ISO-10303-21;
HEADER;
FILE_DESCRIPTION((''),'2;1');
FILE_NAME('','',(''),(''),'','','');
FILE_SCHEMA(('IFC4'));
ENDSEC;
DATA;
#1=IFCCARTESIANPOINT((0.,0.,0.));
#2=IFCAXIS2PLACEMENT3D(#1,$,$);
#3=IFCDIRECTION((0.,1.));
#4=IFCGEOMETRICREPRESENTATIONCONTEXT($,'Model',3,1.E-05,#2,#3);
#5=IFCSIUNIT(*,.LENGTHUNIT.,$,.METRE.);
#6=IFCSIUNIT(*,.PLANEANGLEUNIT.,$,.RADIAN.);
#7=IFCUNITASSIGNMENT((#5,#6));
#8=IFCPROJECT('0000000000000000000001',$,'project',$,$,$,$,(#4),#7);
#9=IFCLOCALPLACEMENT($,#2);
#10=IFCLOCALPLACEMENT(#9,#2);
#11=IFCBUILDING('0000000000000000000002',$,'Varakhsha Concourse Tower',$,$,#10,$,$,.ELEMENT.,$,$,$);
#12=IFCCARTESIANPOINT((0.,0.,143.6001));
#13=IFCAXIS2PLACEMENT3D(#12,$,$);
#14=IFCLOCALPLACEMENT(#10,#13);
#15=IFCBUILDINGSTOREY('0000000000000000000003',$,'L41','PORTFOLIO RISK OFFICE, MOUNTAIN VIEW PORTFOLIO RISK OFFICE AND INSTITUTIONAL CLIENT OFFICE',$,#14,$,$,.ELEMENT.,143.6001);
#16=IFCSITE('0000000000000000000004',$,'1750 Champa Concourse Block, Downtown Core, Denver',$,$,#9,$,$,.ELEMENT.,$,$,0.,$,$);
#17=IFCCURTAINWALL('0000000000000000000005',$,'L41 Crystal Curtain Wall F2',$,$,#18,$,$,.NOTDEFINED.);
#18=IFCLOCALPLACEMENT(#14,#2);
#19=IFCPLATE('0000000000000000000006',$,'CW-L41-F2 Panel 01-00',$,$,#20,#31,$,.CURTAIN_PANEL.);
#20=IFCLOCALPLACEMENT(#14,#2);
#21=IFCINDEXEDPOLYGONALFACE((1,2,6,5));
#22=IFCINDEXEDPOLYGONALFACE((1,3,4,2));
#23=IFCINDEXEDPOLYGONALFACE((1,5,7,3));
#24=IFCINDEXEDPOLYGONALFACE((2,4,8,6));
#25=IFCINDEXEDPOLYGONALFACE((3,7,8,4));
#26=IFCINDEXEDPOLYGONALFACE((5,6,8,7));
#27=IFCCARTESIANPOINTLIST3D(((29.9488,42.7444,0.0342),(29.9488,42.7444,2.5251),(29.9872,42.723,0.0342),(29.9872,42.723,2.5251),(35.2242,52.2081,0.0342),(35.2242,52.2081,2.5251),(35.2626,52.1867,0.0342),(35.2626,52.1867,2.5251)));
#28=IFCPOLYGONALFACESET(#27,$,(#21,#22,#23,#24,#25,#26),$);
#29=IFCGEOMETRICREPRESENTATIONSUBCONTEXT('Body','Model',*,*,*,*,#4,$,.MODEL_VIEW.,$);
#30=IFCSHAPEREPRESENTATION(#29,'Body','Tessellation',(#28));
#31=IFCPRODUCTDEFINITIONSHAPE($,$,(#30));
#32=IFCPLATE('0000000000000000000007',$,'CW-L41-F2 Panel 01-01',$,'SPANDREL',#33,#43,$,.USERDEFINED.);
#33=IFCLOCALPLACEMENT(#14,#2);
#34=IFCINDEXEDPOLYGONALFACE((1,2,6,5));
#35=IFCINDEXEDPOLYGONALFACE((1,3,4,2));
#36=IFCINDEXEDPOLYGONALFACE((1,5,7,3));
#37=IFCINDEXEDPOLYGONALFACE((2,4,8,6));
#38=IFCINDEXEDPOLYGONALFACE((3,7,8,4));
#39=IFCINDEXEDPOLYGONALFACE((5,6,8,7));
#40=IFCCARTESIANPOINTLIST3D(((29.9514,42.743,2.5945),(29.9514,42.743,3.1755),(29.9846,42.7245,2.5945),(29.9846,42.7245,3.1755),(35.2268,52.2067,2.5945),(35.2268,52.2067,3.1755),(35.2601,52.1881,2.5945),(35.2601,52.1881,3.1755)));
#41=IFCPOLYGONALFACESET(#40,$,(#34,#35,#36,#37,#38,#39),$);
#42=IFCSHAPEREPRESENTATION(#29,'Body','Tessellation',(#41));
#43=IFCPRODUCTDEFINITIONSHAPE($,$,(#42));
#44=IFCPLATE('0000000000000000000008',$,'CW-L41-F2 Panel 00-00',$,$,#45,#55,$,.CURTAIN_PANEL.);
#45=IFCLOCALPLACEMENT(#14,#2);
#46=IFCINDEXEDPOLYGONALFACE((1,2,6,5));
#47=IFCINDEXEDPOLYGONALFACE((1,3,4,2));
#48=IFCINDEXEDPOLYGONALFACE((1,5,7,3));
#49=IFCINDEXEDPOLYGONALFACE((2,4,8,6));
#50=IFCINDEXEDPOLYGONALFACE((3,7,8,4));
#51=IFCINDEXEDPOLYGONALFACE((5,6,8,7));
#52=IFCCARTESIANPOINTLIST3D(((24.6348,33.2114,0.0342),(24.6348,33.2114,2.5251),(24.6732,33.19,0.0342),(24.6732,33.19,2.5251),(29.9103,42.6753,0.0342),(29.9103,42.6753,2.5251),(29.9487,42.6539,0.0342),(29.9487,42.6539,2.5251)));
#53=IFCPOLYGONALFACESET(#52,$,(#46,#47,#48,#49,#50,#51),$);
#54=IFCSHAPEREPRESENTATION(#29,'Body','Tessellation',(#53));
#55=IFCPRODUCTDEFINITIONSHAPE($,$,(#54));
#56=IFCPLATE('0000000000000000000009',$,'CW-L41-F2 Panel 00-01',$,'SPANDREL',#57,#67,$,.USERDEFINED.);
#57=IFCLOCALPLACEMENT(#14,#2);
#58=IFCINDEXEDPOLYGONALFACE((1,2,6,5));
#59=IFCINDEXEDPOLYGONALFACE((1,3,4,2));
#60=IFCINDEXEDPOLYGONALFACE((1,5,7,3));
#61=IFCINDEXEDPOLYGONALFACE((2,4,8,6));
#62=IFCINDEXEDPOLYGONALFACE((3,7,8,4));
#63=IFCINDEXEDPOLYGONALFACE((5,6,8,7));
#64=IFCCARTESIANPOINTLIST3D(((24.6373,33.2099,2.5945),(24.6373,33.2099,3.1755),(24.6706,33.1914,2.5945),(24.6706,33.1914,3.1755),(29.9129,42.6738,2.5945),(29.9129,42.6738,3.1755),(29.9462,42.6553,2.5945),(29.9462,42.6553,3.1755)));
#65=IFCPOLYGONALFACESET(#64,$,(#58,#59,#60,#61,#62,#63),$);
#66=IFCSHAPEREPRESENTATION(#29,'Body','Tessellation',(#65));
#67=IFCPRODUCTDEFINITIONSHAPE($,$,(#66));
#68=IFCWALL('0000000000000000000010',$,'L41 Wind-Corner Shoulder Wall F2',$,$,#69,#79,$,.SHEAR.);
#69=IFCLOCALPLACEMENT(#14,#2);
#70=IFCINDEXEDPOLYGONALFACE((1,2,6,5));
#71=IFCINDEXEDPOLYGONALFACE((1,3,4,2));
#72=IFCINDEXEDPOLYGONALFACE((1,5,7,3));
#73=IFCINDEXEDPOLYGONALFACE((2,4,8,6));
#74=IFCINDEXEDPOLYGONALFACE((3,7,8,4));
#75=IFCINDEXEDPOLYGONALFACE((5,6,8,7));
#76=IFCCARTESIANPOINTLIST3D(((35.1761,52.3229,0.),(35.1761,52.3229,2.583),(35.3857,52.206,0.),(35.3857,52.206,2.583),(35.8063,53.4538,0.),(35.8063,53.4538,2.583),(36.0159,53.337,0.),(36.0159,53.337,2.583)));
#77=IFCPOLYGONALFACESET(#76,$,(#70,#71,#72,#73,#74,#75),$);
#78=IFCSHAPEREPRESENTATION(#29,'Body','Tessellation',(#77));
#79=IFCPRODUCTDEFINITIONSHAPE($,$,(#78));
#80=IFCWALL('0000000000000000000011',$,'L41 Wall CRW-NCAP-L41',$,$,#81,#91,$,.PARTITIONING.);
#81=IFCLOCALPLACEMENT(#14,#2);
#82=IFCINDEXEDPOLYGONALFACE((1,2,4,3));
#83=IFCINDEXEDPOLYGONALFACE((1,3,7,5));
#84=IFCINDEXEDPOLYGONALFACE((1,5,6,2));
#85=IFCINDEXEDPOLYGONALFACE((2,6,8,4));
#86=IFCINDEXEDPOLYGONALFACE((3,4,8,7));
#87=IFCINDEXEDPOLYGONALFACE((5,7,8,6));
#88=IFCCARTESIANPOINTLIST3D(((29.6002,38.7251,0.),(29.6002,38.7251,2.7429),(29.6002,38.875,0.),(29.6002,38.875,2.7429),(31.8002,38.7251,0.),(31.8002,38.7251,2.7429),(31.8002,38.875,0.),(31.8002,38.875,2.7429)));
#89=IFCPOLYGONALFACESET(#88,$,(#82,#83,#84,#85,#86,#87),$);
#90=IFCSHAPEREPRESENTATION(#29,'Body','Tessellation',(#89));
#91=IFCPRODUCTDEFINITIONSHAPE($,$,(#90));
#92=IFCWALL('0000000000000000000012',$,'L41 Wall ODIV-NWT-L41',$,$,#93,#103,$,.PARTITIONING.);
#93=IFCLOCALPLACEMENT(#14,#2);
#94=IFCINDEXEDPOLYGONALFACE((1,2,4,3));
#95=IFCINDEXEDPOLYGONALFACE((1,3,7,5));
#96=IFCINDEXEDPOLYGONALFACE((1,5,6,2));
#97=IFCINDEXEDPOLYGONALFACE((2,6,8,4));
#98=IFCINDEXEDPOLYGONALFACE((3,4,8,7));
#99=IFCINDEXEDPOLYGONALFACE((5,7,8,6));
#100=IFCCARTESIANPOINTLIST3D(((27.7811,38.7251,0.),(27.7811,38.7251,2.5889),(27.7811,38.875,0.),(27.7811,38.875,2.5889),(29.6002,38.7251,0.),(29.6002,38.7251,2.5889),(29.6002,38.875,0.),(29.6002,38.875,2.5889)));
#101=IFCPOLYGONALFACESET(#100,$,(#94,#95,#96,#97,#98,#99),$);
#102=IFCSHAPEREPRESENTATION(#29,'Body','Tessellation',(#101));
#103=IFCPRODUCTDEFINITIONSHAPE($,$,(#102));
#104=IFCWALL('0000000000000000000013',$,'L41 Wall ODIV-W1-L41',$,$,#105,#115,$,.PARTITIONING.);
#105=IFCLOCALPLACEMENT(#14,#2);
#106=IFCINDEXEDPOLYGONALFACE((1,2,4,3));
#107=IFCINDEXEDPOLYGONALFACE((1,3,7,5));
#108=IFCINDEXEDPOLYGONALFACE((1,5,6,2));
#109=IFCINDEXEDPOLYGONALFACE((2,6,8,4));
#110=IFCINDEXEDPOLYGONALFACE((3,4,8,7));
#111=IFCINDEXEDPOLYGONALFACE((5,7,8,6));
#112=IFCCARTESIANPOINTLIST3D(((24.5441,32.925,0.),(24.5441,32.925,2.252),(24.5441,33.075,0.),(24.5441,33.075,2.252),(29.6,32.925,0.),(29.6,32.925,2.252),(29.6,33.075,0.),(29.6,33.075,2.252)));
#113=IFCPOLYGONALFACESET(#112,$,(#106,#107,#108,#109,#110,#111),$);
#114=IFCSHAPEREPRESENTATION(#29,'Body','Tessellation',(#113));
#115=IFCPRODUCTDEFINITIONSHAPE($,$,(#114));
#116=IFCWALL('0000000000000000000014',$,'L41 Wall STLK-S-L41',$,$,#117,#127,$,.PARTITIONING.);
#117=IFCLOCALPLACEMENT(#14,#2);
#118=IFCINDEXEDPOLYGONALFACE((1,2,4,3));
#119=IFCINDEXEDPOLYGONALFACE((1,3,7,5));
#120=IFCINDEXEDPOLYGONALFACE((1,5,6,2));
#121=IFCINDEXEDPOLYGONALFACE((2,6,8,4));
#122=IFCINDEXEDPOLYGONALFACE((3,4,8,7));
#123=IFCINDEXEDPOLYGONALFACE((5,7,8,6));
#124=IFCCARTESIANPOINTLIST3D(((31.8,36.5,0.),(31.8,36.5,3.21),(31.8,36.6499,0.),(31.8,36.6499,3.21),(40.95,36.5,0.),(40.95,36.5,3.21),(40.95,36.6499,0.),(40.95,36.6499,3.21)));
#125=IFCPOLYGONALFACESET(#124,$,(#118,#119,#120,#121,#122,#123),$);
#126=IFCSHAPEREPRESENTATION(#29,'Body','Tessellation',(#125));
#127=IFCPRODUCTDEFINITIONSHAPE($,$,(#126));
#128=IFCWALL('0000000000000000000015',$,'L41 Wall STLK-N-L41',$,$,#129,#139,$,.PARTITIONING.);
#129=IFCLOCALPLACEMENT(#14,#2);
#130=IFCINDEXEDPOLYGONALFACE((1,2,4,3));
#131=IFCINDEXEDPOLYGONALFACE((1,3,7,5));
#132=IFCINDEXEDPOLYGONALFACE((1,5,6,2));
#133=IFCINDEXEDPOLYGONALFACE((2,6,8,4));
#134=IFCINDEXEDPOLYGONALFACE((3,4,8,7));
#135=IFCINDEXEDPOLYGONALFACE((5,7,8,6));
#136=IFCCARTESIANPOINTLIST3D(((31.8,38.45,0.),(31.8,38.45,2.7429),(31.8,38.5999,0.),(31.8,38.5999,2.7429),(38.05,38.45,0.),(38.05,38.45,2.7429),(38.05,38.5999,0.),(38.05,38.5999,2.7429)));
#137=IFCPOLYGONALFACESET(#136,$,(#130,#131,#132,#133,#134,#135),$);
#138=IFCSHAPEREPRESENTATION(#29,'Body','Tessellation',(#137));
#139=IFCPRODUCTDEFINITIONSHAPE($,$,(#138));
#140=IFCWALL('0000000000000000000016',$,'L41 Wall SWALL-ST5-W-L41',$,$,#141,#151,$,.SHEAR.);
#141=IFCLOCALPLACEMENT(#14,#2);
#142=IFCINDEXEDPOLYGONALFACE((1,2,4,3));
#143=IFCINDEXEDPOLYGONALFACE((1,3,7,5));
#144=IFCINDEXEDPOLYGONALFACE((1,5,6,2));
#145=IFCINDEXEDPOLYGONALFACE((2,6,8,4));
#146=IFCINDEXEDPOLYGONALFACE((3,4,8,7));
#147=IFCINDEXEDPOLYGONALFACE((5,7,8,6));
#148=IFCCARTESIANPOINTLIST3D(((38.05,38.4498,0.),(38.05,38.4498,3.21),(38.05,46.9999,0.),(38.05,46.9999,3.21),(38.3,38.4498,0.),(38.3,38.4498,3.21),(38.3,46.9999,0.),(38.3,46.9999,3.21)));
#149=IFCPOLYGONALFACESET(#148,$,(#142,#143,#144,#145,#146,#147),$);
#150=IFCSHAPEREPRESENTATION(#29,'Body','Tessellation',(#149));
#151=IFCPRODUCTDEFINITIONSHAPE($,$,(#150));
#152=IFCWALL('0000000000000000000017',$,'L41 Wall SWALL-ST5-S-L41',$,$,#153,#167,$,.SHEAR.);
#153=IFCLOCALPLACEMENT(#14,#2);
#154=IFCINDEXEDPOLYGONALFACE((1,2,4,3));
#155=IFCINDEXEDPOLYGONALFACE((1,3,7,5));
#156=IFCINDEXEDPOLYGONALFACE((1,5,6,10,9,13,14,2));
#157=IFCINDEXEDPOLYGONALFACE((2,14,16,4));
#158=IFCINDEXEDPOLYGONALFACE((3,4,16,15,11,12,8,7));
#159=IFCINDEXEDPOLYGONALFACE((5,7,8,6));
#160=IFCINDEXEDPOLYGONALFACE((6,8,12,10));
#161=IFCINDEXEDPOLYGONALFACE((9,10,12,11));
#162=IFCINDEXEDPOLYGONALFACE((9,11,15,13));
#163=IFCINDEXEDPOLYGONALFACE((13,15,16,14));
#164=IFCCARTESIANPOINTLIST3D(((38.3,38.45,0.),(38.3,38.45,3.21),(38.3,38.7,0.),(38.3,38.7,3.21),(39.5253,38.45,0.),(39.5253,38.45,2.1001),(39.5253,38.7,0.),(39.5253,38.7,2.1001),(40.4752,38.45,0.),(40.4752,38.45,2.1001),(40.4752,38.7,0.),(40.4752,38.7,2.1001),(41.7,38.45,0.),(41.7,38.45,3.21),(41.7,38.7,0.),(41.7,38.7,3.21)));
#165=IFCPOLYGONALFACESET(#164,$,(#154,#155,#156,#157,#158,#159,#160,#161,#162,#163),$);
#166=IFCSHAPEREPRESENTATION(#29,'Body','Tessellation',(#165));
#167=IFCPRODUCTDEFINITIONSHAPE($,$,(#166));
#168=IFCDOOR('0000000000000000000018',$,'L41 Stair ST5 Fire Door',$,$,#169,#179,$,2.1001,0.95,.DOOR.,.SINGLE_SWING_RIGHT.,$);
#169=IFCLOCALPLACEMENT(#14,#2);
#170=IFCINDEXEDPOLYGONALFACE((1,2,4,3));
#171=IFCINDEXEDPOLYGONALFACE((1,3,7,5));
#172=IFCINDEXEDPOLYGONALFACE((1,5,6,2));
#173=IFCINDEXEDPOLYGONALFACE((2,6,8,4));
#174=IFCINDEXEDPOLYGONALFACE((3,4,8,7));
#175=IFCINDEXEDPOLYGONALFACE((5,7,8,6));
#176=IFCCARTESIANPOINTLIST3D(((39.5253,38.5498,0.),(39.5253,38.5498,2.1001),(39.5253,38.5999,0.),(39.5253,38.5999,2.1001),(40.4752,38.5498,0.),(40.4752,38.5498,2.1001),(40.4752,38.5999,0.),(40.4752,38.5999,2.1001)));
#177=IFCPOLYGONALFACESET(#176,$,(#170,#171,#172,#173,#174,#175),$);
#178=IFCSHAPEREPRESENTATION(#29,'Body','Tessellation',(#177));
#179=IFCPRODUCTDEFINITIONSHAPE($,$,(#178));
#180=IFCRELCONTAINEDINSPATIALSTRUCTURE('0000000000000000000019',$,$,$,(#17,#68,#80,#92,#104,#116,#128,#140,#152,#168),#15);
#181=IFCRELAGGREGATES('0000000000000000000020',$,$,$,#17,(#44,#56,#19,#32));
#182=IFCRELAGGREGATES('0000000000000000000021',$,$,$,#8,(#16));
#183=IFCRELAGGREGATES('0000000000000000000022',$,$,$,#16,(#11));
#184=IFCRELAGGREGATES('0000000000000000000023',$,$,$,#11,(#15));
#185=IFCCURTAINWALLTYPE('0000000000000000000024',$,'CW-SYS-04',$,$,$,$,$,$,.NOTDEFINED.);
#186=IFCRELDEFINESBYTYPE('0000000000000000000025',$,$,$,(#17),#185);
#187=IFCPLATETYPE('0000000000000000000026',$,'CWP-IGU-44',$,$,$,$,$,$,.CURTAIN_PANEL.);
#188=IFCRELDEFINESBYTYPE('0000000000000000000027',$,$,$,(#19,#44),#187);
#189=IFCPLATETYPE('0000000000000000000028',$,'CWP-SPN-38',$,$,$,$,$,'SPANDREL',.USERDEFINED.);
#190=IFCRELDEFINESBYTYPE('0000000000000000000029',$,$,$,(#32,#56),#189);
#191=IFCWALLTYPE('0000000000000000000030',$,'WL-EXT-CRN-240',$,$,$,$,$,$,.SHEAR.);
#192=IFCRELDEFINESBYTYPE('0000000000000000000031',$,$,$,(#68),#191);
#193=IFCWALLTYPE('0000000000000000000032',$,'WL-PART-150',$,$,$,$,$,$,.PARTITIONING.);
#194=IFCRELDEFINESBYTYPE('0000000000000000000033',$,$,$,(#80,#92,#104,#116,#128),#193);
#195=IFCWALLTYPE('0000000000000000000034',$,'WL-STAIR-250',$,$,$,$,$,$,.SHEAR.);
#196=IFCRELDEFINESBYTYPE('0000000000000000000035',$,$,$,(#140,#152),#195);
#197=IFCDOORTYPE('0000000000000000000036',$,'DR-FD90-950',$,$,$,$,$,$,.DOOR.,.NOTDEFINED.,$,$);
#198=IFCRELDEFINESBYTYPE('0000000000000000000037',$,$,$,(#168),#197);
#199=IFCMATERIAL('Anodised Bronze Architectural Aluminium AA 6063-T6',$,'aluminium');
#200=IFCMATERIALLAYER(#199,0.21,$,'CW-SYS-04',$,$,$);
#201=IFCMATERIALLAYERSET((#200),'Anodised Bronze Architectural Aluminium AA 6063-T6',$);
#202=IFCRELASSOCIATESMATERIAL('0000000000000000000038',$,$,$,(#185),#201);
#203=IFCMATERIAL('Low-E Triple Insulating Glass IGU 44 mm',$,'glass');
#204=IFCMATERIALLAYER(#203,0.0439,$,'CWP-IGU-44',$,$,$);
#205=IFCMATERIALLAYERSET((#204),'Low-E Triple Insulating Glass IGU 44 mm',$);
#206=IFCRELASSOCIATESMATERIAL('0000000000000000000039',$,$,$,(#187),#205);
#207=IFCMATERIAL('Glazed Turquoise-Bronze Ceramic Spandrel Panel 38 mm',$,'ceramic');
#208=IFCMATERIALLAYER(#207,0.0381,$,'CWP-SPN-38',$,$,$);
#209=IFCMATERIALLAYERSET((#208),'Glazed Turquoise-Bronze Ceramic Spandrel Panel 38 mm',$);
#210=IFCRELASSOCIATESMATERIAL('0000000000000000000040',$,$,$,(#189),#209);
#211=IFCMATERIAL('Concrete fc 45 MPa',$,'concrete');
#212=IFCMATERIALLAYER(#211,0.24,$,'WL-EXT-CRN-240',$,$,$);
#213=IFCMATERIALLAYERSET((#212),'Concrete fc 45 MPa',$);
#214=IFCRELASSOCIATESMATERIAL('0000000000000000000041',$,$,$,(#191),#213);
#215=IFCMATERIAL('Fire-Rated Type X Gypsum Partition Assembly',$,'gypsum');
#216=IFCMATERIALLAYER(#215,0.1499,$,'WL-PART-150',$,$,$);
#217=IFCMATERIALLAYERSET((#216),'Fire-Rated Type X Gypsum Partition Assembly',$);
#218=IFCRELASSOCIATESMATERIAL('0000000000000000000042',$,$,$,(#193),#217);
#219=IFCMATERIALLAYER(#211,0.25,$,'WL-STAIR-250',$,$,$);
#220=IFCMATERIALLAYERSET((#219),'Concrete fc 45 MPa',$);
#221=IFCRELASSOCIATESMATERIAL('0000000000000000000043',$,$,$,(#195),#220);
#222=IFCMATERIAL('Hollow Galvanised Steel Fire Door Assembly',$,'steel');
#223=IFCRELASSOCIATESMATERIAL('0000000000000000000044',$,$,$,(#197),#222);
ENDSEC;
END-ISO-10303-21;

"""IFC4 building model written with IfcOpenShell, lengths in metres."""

from ifc_helpers import new_model, si_unit, direction, frame, frame_2d, origin, origin_2d, place, context, subcontext, project, spatial, rectangle, extrude, source, transform, mapped, material, layer, layer_set, type_object, type_shapes, element, fill, aggregate, save


model = new_model("IFC4")

# Units and contexts
model_context = context("Model", 3, precision=1e-05, world=origin(), true_north=direction((0.0, 1.0)))
body_context = subcontext(model_context, "Body", "Model", "MODEL_VIEW")
ifc_project = project(units=[si_unit("LENGTHUNIT", "METRE"), si_unit("PLANEANGLEUNIT", "RADIAN")], contexts=[model_context])

# Site, building, storey
site_placement = place(None, origin())
site = spatial("IfcSite", under=ifc_project, at=site_placement, Name="1750 Champa Concourse Block, Downtown Core, Denver", CompositionType="ELEMENT", RefElevation=0.0)
building_placement = place(site_placement, origin())
building = spatial("IfcBuilding", under=site, at=building_placement, Name="Varakhsha Concourse Tower", CompositionType="ELEMENT")
storey_placement = place(building_placement, frame((0.0, 0.0, 143.6001)))
storey = spatial("IfcBuildingStorey", under=building, at=storey_placement, Name="L41", Description="PORTFOLIO RISK OFFICE, MOUNTAIN VIEW PORTFOLIO RISK OFFICE AND INSTITUTIONAL CLIENT OFFICE", CompositionType="ELEMENT", Elevation=143.6001)

# Shared definitions
ifc_material_1 = material(Name="Anodised Bronze Architectural Aluminium AA 6063-T6", Category="aluminium")
ifc_layer_1 = layer(ifc_material_1, 0.21, Name="CW-SYS-04")
ifc_layer_set_1 = layer_set([ifc_layer_1], Name="Anodised Bronze Architectural Aluminium AA 6063-T6")
curtain_wall_type = type_object("IfcCurtainWallType", Name="CW-SYS-04", PredefinedType="NOTDEFINED", material=ifc_layer_set_1)

# Curtain wall
curtain_wall_1_placement = place(storey_placement, origin())
curtain_wall_1 = element("IfcCurtainWall", 1, at=curtain_wall_1_placement, inside=storey, type_object=curtain_wall_type, Name="L41 Crystal Curtain Wall F2", PredefinedType="NOTDEFINED")

# Plates
ifc_material_2 = material(Name="Low-E Triple Insulating Glass IGU 44 mm", Category="glass")
ifc_layer_2 = layer(ifc_material_2, 0.0439, Name="CWP-IGU-44")
ifc_layer_set_2 = layer_set([ifc_layer_2], Name="Low-E Triple Insulating Glass IGU 44 mm")
plate_type_1 = type_object("IfcPlateType", Name="CWP-IGU-44", PredefinedType="CURTAIN_PANEL", material=ifc_layer_set_2)
shared_shape_1 = source(origin(), body_context, "Body", "SweptSolid", [
    extrude(rectangle(XDim=10.8347, YDim=0.0439, at=origin_2d()), origin(), (0.0, 0.0, 1.0), 2.491),
])
plate_1_placement = place(storey_placement, frame((32.6057, 47.4656, 0.0342), z_axis=(0.0, 0.0, 1.0), x_axis=(0.4869, 0.873458, 0.0)))
plate_1 = element("IfcPlate", 2, at=plate_1_placement, type_object=plate_type_1, Name="CW-L41-F2 Panel 01-00", PredefinedType="CURTAIN_PANEL", context=body_context, shape_type="MappedRepresentation", body=[
    mapped(shared_shape_1, transform((0.0, 0.0, 0.0), scale=1.0)),
])
ifc_material_3 = material(Name="Glazed Turquoise-Bronze Ceramic Spandrel Panel 38 mm", Category="ceramic")
ifc_layer_3 = layer(ifc_material_3, 0.0381, Name="CWP-SPN-38")
ifc_layer_set_3 = layer_set([ifc_layer_3], Name="Glazed Turquoise-Bronze Ceramic Spandrel Panel 38 mm")
plate_type_2 = type_object("IfcPlateType", Name="CWP-SPN-38", ElementType="SPANDREL", PredefinedType="USERDEFINED", material=ifc_layer_set_3)
shared_shape_2 = source(origin(), body_context, "Body", "SweptSolid", [
    extrude(rectangle(XDim=10.8347, YDim=0.0381, at=origin_2d()), origin(), (0.0, 0.0, 1.0), 0.5811),
])
plate_2_placement = place(storey_placement, frame((32.6057, 47.4656, 2.5945), z_axis=(0.0, 0.0, 1.0), x_axis=(0.4869, 0.873458, 0.0)))
plate_2 = element("IfcPlate", 3, at=plate_2_placement, type_object=plate_type_2, Name="CW-L41-F2 Panel 01-01", ObjectType="SPANDREL", PredefinedType="USERDEFINED", context=body_context, shape_type="MappedRepresentation", body=[
    mapped(shared_shape_2, transform((0.0, 0.0, 0.0), scale=1.0)),
])
shared_shape_3 = source(origin(), body_context, "Body", "SweptSolid", [
    extrude(rectangle(XDim=10.835, YDim=0.0439, at=origin_2d()), origin(), (0.0, 0.0, 1.0), 2.491),
])
type_shapes(plate_type_1, [shared_shape_1, shared_shape_3])
plate_3_placement = place(storey_placement, frame((27.2917, 37.9326, 0.0342), z_axis=(0.0, 0.0, 1.0), x_axis=(0.4869, 0.873458, 0.0)))
plate_3 = element("IfcPlate", 4, at=plate_3_placement, type_object=plate_type_1, Name="CW-L41-F2 Panel 00-00", PredefinedType="CURTAIN_PANEL", context=body_context, shape_type="MappedRepresentation", body=[
    mapped(shared_shape_3, transform((0.0, 0.0, 0.0), scale=1.0)),
])
shared_shape_4 = source(origin(), body_context, "Body", "SweptSolid", [
    extrude(rectangle(XDim=10.835, YDim=0.0381, at=origin_2d()), origin(), (0.0, 0.0, 1.0), 0.5811),
])
type_shapes(plate_type_2, [shared_shape_2, shared_shape_4])
plate_4_placement = place(storey_placement, frame((27.2917, 37.9326, 2.5945), z_axis=(0.0, 0.0, 1.0), x_axis=(0.4869, 0.873458, 0.0)))
plate_4 = element("IfcPlate", 5, at=plate_4_placement, type_object=plate_type_2, Name="CW-L41-F2 Panel 00-01", ObjectType="SPANDREL", PredefinedType="USERDEFINED", context=body_context, shape_type="MappedRepresentation", body=[
    mapped(shared_shape_4, transform((0.0, 0.0, 0.0), scale=1.0)),
])
aggregate(curtain_wall_1, [plate_3, plate_4, plate_1, plate_2])

# Walls
ifc_material_4 = material(Name="Concrete fc 45 MPa", Category="concrete")
ifc_layer_4 = layer(ifc_material_4, 0.24, Name="WL-EXT-CRN-240")
ifc_layer_set_4 = layer_set([ifc_layer_4], Name="Concrete fc 45 MPa")
wall_type_1 = type_object("IfcWallType", Name="WL-EXT-CRN-240", PredefinedType="SHEAR", material=ifc_layer_set_4)
wall_1_placement = place(storey_placement, frame((35.9111, 53.3955, 0.0), z_axis=(0.0, 0.0, 1.0), x_axis=(-0.486747, -0.873543, 0.0)))
element("IfcWall", 6, at=wall_1_placement, inside=storey, type_object=wall_type_1, Name="L41 Wind-Corner Shoulder Wall F2", PredefinedType="SHEAR", context=body_context, shape_type="SweptSolid", body=[
    extrude(rectangle(XDim=1.2947, YDim=0.24, at=frame_2d((0.6475, 0.0))), origin(), (0.0, 0.0, 1.0), 2.583),
])
ifc_material_5 = material(Name="Fire-Rated Type X Gypsum Partition Assembly", Category="gypsum")
ifc_layer_5 = layer(ifc_material_5, 0.1499, Name="WL-PART-150")
ifc_layer_set_5 = layer_set([ifc_layer_5], Name="Fire-Rated Type X Gypsum Partition Assembly")
wall_type_2 = type_object("IfcWallType", Name="WL-PART-150", PredefinedType="PARTITIONING", material=ifc_layer_set_5)
wall_2_placement = place(storey_placement, frame((29.6001, 38.8, 0.0), z_axis=(0.0, 0.0, 1.0), x_axis=(1.0, 0.0, 0.0)))
element("IfcWall", 7, at=wall_2_placement, inside=storey, type_object=wall_type_2, Name="L41 Wall CRW-NCAP-L41", PredefinedType="PARTITIONING", context=body_context, shape_type="SweptSolid", body=[
    extrude(rectangle(XDim=2.2, YDim=0.1499, at=frame_2d((1.1001, 0.0))), origin(), (0.0, 0.0, 1.0), 2.7429),
])
wall_3_placement = place(storey_placement, frame((27.781, 38.8, 0.0), z_axis=(0.0, 0.0, 1.0), x_axis=(1.0, 0.0, 0.0)))
element("IfcWall", 8, at=wall_3_placement, inside=storey, type_object=wall_type_2, Name="L41 Wall ODIV-NWT-L41", PredefinedType="PARTITIONING", context=body_context, shape_type="SweptSolid", body=[
    extrude(rectangle(XDim=1.8191, YDim=0.1499, at=frame_2d((0.9097, 0.0))), origin(), (0.0, 0.0, 1.0), 2.5889),
])
wall_4_placement = place(storey_placement, frame((24.5442, 33.0, 0.0), z_axis=(0.0, 0.0, 1.0), x_axis=(1.0, 0.0, 0.0)))
element("IfcWall", 9, at=wall_4_placement, inside=storey, type_object=wall_type_2, Name="L41 Wall ODIV-W1-L41", PredefinedType="PARTITIONING", context=body_context, shape_type="SweptSolid", body=[
    extrude(rectangle(XDim=5.0559, YDim=0.1499, at=frame_2d((2.5278, 0.0))), origin(), (0.0, 0.0, 1.0), 2.252),
])
wall_5_placement = place(storey_placement, frame((31.8, 36.575, 0.0), z_axis=(0.0, 0.0, 1.0), x_axis=(1.0, 0.0, 0.0)))
element("IfcWall", 10, at=wall_5_placement, inside=storey, type_object=wall_type_2, Name="L41 Wall STLK-S-L41", PredefinedType="PARTITIONING", context=body_context, shape_type="SweptSolid", body=[
    extrude(rectangle(XDim=9.1499, YDim=0.1499, at=frame_2d((4.575, 0.0))), origin(), (0.0, 0.0, 1.0), 3.21),
])
wall_6_placement = place(storey_placement, frame((31.8, 38.5249, 0.0), z_axis=(0.0, 0.0, 1.0), x_axis=(1.0, 0.0, 0.0)))
element("IfcWall", 11, at=wall_6_placement, inside=storey, type_object=wall_type_2, Name="L41 Wall STLK-N-L41", PredefinedType="PARTITIONING", context=body_context, shape_type="SweptSolid", body=[
    extrude(rectangle(XDim=6.25, YDim=0.1499, at=frame_2d((3.125, 0.0))), origin(), (0.0, 0.0, 1.0), 2.7429),
])
ifc_layer_6 = layer(ifc_material_4, 0.25, Name="WL-STAIR-250")
ifc_layer_set_6 = layer_set([ifc_layer_6], Name="Concrete fc 45 MPa")
wall_type_3 = type_object("IfcWallType", Name="WL-STAIR-250", PredefinedType="SHEAR", material=ifc_layer_set_6)
wall_7_placement = place(storey_placement, frame((38.175, 38.45, 0.0), z_axis=(0.0, 0.0, 1.0), x_axis=(0.0, 1.0, 0.0)))
element("IfcWall", 12, at=wall_7_placement, inside=storey, type_object=wall_type_3, Name="L41 Wall SWALL-ST5-W-L41", PredefinedType="SHEAR", context=body_context, shape_type="SweptSolid", body=[
    extrude(rectangle(XDim=8.55, YDim=0.25, at=frame_2d((4.2749, 0.0))), origin(), (0.0, 0.0, 1.0), 3.21),
])

# Wall, opening, door
wall_8_placement = place(storey_placement, frame((38.3, 38.575, 0.0), z_axis=(0.0, 0.0, 1.0), x_axis=(1.0, 0.0, 0.0)))
wall_8 = element("IfcWall", 13, at=wall_8_placement, inside=storey, type_object=wall_type_3, Name="L41 Wall SWALL-ST5-S-L41", PredefinedType="SHEAR", context=body_context, shape_type="SweptSolid", body=[
    extrude(rectangle(XDim=3.3999, YDim=0.25, at=frame_2d((1.7, 0.0))), origin(), (0.0, 0.0, 1.0), 3.21),
])
opening_placement = place(wall_8_placement, frame((1.2251, 0.0, 0.0)))
opening = element("IfcOpeningElement", 14, at=opening_placement, cuts=wall_8, PredefinedType="OPENING", context=body_context, shape_type="SweptSolid", body=[
    extrude(rectangle(XDim=0.95, YDim=2.1001, at=frame_2d((0.4751, 1.05))), frame((0.0, 0.135, 0.0), z_axis=(0.0, -1.0, 0.0), x_axis=(1.0, 0.0, 0.0)), (0.0, 0.0, 1.0), 0.27),
])
ifc_material_6 = material(Name="Hollow Galvanised Steel Fire Door Assembly", Category="steel")
door_type = type_object("IfcDoorType", Name="DR-FD90-950", OperationType="NOTDEFINED", PredefinedType="DOOR", material=ifc_material_6)
door_placement = place(opening_placement, origin())
door = element("IfcDoor", 15, at=door_placement, inside=storey, type_object=door_type, Name="L41 Stair ST5 Fire Door", OperationType="SINGLE_SWING_RIGHT", OverallHeight=2.1001, OverallWidth=0.95, PredefinedType="DOOR", context=body_context, shape_type="SweptSolid", body=[
    extrude(rectangle(XDim=0.95, YDim=2.1001, at=frame_2d((0.4751, 1.05))), frame((0.0, 0.0249, 0.0), z_axis=(0.0, -1.0, 0.0), x_axis=(1.0, 0.0, 0.0)), (0.0, 0.0, 1.0), 0.05),
])
fill(opening, door)

save(model, "model.ifc")
